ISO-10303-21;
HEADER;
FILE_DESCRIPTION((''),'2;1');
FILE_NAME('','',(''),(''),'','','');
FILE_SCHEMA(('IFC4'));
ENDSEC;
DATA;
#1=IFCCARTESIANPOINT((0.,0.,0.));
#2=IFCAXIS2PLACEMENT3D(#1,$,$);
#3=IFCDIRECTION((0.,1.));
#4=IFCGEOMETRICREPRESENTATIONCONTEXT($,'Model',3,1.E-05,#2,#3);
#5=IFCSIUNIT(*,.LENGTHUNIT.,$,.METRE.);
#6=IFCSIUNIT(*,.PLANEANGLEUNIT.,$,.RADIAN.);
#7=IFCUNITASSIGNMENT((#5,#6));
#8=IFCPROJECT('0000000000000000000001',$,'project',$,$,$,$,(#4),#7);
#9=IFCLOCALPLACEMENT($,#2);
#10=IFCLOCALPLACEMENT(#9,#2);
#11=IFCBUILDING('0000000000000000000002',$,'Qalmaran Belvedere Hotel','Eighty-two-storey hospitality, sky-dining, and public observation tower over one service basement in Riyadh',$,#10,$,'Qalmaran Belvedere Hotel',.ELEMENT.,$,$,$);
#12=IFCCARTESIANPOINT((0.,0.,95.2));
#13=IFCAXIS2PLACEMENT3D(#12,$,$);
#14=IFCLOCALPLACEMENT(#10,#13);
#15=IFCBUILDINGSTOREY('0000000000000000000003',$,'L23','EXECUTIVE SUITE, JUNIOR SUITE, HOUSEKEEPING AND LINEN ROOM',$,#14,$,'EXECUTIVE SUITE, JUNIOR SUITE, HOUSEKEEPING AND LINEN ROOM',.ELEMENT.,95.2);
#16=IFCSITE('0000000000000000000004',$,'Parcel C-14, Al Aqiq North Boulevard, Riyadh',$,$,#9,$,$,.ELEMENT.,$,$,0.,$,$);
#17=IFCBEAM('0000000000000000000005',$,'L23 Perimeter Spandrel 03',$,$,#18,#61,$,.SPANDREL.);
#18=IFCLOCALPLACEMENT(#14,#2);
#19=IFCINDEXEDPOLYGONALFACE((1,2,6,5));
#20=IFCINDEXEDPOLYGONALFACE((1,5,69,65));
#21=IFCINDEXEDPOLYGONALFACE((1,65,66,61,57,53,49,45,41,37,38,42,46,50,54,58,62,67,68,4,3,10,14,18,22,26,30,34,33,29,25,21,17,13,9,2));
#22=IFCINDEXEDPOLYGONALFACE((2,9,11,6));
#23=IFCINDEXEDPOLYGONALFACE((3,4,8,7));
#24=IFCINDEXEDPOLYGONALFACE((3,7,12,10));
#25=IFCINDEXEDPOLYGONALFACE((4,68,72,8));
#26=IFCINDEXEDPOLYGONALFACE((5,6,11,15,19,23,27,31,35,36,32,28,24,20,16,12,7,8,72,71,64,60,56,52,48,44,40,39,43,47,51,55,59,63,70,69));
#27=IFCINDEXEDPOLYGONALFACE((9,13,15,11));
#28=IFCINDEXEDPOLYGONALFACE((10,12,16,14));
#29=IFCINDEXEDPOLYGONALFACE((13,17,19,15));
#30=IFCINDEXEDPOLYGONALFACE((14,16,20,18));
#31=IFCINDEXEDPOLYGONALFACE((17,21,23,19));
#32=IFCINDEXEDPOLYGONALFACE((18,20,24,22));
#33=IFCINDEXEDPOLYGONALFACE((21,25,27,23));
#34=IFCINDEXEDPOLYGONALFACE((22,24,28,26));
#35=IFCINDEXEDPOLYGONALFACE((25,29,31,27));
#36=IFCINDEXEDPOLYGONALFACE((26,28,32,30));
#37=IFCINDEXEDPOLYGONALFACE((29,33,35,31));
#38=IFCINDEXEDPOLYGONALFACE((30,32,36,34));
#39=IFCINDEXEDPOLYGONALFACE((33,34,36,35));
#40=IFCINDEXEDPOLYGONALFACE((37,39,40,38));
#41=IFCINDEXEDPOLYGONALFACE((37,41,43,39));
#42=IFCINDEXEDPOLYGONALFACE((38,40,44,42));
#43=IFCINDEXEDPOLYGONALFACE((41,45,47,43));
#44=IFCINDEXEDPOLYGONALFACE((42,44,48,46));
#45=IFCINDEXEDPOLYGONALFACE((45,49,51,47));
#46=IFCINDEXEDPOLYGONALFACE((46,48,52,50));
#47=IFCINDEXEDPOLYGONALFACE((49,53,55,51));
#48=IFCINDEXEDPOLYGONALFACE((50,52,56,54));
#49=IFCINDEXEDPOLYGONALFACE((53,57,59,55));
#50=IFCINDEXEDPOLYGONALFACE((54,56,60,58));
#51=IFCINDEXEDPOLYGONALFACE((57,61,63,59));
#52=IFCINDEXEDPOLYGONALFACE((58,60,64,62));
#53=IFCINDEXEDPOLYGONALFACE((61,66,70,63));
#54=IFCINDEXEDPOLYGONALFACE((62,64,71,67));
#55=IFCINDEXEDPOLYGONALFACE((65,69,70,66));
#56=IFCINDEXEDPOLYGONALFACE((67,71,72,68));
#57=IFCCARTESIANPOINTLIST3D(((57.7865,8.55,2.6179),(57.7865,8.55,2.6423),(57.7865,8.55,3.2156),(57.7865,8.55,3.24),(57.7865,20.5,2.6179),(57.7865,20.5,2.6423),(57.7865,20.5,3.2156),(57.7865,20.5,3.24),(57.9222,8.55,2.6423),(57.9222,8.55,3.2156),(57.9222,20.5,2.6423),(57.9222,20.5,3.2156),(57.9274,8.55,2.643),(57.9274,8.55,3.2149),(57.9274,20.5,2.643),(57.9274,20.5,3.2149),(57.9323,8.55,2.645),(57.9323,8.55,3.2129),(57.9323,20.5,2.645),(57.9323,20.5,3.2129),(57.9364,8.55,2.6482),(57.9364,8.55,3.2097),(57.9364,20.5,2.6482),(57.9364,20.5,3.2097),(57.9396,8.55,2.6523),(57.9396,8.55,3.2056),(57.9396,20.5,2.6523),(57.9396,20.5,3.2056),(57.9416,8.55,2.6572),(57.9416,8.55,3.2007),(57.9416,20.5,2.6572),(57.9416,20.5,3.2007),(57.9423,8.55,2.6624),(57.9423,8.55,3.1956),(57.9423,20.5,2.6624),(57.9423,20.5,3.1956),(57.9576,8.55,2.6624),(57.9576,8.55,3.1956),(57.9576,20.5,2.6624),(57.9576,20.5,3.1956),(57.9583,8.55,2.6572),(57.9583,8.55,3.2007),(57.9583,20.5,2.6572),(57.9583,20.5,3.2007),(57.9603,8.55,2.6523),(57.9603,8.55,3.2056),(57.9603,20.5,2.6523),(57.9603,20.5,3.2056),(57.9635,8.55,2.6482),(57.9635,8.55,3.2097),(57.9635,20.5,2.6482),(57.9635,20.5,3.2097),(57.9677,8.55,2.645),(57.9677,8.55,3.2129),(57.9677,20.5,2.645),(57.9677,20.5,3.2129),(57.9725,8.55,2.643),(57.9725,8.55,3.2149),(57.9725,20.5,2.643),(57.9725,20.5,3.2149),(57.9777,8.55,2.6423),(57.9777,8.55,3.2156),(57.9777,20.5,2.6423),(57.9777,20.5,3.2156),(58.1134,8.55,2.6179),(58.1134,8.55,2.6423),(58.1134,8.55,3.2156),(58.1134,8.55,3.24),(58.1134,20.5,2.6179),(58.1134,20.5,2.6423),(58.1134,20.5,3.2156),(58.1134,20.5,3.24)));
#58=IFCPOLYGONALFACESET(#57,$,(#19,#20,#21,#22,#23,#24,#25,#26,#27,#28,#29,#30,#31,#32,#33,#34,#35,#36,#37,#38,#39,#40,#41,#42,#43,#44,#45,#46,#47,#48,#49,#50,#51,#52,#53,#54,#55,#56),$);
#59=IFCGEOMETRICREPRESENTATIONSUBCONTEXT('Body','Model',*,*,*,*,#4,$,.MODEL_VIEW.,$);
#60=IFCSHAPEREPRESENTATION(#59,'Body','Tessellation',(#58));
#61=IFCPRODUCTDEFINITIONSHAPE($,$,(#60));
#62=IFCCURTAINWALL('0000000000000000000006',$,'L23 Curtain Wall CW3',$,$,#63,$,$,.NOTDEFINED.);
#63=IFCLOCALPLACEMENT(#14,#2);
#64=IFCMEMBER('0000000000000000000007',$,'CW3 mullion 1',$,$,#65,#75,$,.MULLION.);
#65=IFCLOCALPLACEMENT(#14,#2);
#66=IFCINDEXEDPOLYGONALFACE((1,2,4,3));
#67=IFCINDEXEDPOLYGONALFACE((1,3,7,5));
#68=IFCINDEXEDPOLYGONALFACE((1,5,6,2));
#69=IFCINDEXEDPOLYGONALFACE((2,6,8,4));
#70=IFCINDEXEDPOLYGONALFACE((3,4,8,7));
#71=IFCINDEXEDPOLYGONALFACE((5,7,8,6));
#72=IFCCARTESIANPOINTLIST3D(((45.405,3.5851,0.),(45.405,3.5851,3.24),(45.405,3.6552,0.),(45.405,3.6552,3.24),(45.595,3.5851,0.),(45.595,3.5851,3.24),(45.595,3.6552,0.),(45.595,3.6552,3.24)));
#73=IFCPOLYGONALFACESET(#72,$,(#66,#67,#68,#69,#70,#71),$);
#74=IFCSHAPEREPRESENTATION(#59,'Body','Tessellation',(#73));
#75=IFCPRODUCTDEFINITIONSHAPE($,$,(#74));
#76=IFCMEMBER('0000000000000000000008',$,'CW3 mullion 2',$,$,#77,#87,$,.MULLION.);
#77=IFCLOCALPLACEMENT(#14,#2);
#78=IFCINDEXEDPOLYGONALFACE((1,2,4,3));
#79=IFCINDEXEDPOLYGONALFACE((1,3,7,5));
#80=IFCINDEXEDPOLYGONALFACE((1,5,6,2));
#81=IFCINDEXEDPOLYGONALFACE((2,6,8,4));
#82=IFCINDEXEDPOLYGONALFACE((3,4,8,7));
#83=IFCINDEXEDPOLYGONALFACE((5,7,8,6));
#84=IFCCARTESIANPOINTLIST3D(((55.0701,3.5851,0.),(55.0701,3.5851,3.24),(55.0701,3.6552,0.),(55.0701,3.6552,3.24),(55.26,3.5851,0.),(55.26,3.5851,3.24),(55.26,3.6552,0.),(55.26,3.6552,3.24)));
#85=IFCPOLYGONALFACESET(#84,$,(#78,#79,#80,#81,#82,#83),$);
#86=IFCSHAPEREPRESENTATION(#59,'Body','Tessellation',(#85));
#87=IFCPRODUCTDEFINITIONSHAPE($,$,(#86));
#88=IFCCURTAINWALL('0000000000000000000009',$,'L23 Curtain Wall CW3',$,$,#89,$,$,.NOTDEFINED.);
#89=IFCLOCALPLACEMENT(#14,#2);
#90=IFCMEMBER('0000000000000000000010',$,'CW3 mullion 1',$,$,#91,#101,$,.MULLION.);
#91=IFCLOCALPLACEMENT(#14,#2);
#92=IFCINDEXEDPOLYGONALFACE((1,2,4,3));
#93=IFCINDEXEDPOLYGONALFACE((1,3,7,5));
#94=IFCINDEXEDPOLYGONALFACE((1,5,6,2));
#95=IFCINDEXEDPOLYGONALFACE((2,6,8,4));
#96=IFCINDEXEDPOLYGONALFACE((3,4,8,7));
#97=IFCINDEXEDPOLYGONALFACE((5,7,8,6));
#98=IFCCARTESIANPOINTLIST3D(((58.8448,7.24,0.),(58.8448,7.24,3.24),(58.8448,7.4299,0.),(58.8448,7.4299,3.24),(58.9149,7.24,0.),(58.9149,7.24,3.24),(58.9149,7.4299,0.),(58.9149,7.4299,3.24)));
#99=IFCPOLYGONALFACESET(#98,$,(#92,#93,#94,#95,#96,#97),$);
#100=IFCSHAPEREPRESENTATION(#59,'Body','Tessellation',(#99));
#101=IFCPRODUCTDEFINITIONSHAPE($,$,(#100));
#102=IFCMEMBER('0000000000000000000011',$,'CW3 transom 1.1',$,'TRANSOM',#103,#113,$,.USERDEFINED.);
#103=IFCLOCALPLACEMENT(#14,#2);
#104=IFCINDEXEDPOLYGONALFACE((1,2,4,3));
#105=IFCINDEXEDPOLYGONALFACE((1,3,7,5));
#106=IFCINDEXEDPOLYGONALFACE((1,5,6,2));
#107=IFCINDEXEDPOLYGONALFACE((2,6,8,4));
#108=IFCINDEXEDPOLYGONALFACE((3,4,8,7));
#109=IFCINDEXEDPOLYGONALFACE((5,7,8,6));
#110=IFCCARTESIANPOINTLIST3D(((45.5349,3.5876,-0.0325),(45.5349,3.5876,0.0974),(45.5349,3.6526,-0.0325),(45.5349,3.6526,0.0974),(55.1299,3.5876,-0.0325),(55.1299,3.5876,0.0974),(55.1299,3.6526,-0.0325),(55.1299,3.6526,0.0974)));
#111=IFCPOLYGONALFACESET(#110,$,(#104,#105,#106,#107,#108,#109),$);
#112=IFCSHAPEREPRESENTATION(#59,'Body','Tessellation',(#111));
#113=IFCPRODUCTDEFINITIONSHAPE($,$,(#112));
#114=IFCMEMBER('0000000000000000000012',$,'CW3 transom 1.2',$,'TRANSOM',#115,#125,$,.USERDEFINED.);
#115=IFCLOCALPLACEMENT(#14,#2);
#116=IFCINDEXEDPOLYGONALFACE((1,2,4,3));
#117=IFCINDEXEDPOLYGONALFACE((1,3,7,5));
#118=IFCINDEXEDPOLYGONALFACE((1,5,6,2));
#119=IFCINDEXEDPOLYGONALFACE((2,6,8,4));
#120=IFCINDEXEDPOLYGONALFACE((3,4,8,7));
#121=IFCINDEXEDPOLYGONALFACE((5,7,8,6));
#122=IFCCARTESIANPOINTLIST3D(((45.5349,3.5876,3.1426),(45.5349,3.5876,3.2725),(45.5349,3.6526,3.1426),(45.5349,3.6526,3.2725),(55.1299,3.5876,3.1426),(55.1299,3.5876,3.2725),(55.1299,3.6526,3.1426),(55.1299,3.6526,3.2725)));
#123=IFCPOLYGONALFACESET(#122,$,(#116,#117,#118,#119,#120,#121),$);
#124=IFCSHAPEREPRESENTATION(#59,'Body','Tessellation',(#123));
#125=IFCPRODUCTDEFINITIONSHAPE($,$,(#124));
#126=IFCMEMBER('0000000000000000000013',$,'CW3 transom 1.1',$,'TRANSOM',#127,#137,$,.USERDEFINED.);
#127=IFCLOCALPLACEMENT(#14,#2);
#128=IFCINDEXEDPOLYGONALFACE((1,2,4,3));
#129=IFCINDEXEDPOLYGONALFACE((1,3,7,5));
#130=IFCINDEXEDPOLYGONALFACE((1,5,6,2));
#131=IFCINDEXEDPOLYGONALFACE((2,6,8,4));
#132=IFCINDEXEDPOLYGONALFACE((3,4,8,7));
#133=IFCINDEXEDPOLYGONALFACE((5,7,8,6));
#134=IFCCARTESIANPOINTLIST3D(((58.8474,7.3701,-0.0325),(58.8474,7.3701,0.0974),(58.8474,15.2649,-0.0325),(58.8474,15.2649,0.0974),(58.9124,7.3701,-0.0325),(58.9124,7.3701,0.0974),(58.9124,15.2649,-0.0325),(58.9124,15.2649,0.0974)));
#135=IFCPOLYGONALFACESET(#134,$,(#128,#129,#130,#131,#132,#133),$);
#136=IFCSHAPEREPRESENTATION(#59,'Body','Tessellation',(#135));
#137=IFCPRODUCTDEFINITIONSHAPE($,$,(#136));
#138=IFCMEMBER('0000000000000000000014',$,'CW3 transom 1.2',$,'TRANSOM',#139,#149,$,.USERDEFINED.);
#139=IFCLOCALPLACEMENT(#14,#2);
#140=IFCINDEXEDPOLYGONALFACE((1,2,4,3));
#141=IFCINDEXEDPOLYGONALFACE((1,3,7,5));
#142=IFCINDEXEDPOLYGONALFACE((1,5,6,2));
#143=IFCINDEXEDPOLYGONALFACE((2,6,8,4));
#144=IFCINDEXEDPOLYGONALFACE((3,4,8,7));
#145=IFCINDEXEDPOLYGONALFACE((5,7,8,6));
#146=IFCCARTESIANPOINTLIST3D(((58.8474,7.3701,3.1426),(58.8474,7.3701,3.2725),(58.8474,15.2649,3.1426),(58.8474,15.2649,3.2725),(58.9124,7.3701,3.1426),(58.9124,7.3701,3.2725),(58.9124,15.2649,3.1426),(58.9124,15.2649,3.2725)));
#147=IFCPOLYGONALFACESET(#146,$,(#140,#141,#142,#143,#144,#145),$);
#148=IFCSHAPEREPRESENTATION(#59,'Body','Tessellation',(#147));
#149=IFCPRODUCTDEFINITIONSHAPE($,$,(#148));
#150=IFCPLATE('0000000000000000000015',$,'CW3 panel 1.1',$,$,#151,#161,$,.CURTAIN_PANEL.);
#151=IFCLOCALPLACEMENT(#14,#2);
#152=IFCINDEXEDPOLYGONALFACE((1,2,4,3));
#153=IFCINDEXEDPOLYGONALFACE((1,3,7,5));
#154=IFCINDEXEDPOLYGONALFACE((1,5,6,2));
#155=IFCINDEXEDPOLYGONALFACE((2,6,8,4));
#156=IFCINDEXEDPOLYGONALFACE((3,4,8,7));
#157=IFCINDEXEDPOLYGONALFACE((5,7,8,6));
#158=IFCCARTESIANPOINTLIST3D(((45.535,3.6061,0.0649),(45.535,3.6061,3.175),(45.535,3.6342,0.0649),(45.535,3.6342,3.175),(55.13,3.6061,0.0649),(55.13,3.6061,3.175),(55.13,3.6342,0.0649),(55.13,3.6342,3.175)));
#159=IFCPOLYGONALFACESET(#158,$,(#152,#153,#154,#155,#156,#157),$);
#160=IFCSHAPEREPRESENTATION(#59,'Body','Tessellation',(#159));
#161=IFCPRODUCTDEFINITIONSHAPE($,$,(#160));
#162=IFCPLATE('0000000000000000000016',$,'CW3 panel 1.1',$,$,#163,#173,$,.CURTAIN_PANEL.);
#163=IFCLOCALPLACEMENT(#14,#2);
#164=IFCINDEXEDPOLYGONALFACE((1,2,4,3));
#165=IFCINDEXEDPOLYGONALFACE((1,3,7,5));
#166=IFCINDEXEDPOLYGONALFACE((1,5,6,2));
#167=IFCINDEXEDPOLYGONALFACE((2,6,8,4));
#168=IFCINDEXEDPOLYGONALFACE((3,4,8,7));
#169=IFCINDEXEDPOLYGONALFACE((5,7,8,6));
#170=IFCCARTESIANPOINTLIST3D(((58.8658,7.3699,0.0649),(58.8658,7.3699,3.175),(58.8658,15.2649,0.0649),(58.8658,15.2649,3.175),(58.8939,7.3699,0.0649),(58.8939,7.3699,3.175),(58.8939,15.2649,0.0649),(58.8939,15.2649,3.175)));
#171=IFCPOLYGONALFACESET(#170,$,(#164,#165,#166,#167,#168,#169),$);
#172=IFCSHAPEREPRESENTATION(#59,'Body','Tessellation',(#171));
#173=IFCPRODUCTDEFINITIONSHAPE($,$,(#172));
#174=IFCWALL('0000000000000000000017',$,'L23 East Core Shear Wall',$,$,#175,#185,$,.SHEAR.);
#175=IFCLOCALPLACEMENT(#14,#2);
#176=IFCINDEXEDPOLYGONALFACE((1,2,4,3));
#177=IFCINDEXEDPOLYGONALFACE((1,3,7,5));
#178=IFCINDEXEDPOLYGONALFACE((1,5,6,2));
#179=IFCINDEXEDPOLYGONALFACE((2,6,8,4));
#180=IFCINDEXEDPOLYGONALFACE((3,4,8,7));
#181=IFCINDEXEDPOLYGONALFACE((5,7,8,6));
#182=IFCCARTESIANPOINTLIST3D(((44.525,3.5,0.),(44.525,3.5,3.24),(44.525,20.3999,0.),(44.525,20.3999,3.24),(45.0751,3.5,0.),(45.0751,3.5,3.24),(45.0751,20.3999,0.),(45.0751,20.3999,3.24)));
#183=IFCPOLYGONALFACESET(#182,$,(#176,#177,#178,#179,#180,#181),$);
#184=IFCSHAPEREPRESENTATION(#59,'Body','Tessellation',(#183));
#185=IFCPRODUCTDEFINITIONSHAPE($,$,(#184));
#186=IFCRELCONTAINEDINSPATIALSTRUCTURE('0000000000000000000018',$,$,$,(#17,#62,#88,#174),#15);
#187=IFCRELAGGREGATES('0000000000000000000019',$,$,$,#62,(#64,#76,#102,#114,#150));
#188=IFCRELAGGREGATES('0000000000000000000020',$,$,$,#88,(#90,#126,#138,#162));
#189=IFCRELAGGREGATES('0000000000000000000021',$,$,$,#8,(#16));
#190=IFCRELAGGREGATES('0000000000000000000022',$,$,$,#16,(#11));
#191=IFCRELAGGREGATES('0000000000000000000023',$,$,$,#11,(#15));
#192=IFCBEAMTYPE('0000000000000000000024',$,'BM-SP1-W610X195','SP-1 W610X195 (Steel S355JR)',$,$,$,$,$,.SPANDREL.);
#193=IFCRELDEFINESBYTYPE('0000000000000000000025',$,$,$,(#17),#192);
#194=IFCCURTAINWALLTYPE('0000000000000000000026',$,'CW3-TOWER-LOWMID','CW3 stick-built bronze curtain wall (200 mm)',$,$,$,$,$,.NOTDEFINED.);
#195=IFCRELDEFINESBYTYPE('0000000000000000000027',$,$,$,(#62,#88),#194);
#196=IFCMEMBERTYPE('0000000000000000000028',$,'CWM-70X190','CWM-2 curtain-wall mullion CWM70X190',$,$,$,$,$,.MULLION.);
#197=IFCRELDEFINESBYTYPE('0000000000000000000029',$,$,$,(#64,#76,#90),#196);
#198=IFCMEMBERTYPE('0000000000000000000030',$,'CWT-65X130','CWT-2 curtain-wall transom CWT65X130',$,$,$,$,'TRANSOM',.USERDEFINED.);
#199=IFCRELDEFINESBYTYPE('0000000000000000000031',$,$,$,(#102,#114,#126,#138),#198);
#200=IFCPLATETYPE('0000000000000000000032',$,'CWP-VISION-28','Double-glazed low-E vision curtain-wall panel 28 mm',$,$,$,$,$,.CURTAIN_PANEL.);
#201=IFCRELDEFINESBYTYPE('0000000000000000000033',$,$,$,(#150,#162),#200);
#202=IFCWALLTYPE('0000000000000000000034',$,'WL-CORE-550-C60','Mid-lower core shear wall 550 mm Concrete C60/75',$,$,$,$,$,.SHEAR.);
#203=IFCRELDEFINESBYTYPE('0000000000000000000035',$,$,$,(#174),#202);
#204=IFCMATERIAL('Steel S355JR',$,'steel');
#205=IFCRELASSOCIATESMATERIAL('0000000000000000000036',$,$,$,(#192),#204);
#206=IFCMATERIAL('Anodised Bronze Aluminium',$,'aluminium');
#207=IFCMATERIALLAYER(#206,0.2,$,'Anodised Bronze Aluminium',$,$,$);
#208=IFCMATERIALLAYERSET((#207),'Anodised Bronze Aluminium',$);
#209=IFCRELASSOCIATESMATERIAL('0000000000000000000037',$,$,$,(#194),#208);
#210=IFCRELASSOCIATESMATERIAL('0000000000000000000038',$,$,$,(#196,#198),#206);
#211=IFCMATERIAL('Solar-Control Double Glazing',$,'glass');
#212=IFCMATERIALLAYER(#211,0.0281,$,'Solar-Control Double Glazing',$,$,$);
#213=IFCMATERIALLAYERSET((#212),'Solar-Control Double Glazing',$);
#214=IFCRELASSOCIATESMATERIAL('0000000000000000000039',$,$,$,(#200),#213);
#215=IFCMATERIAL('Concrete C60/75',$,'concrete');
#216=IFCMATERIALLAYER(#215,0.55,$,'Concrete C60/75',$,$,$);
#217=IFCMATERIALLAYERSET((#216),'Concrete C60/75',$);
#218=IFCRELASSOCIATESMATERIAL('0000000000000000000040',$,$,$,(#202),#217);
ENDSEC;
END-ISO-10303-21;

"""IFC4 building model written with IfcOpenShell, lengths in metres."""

from ifc_helpers import new_model, si_unit, direction, frame, frame_2d, origin, origin_2d, place, context, subcontext, project, spatial, rectangle, i_section, extrude, material, layer, layer_set, material_profile, profile_set, type_object, element, aggregate, save


model = new_model("IFC4")

# Units and contexts
model_context = context("Model", 3, precision=1e-05, world=origin(), true_north=direction((0.0, 1.0)))
body_context = subcontext(model_context, "Body", "Model", "MODEL_VIEW")
ifc_project = project(units=[si_unit("LENGTHUNIT", "METRE"), si_unit("PLANEANGLEUNIT", "RADIAN")], contexts=[model_context])

# Site, building, storey
site_placement = place(None, origin())
site = spatial("IfcSite", under=ifc_project, at=site_placement, Name="Parcel C-14, Al Aqiq North Boulevard, Riyadh", CompositionType="ELEMENT", RefElevation=0.0)
building_placement = place(site_placement, origin())
building = spatial("IfcBuilding", under=site, at=building_placement, Name="Qalmaran Belvedere Hotel", Description="Eighty-two-storey hospitality, sky-dining, and public observation tower over one service basement in Riyadh", LongName="Qalmaran Belvedere Hotel", CompositionType="ELEMENT")
storey_placement = place(building_placement, frame((0.0, 0.0, 95.2)))
storey = spatial("IfcBuildingStorey", under=building, at=storey_placement, Name="L23", Description="EXECUTIVE SUITE, JUNIOR SUITE, HOUSEKEEPING AND LINEN ROOM", LongName="EXECUTIVE SUITE, JUNIOR SUITE, HOUSEKEEPING AND LINEN ROOM", CompositionType="ELEMENT", Elevation=95.2)

# Shared definitions
ifc_material_1 = material(Name="Concrete C60/75", Category="concrete")

# Beam
ifc_material_2 = material(Name="Steel S355JR", Category="steel")
ifc_material_profile_1 = material_profile(ifc_material_2, i_section(OverallWidth=0.3269, OverallDepth=0.6221, WebThickness=0.0154, FlangeThickness=0.0244, FilletRadius=0.02, at=origin_2d()), Name="W610X195")
ifc_profile_set_1 = profile_set([ifc_material_profile_1], Name="Steel S355JR")
beam_type_1 = type_object("IfcBeamType", Name="BM-SP1-W610X195", Description="SP-1 W610X195 (Steel S355JR)", PredefinedType="SPANDREL", material=ifc_profile_set_1)
beam_1_placement = place(storey_placement, frame((57.95, 8.55, 2.929), z_axis=(0.0, 1.0, 0.0), x_axis=(-1.0, 0.0, 0.0)))
element("IfcBeam", 1, at=beam_1_placement, inside=storey, type_object=beam_type_1, Name="L23 Perimeter Spandrel 03", PredefinedType="SPANDREL", context=body_context, shape_type="SweptSolid", body=[
    extrude(i_section(OverallWidth=0.3269, OverallDepth=0.6221, WebThickness=0.0154, FlangeThickness=0.0244, FilletRadius=0.02, at=origin_2d()), origin(), (0.0, 0.0, 1.0), 11.95),
])

# Curtain wall, members
ifc_material_3 = material(Name="Anodised Bronze Aluminium", Category="aluminium")
ifc_layer_1 = layer(ifc_material_3, 0.2, Name="Anodised Bronze Aluminium")
ifc_layer_set_1 = layer_set([ifc_layer_1], Name="Anodised Bronze Aluminium")
curtain_wall_type = type_object("IfcCurtainWallType", Name="CW3-TOWER-LOWMID", Description="CW3 stick-built bronze curtain wall (200 mm)", PredefinedType="NOTDEFINED", material=ifc_layer_set_1)
curtain_wall_1_placement = place(storey_placement, origin())
curtain_wall_1 = element("IfcCurtainWall", 2, at=curtain_wall_1_placement, inside=storey, type_object=curtain_wall_type, Name="L23 Curtain Wall CW3", PredefinedType="NOTDEFINED")
ifc_material_profile_2 = material_profile(ifc_material_3, rectangle(XDim=0.0701, YDim=0.1899, at=origin_2d()), Name="CWM70X190")
ifc_profile_set_2 = profile_set([ifc_material_profile_2], Name="Anodised Bronze Aluminium")
member_type_1 = type_object("IfcMemberType", Name="CWM-70X190", Description="CWM-2 curtain-wall mullion CWM70X190", PredefinedType="MULLION", material=ifc_profile_set_2)
member_1_placement = place(storey_placement, frame((45.5, 3.6201, 0.0), z_axis=(0.0, 0.0, 1.0), x_axis=(0.0, 1.0, 0.0)))
member_1 = element("IfcMember", 3, at=member_1_placement, type_object=member_type_1, Name="CW3 mullion 1", PredefinedType="MULLION", context=body_context, shape_type="SweptSolid", body=[
    extrude(rectangle(XDim=0.0701, YDim=0.1899, at=origin_2d()), origin(), (0.0, 0.0, 1.0), 3.24),
])
member_2_placement = place(storey_placement, frame((55.165, 3.6201, 0.0), z_axis=(0.0, 0.0, 1.0), x_axis=(0.0, 1.0, 0.0)))
member_2 = element("IfcMember", 4, at=member_2_placement, type_object=member_type_1, Name="CW3 mullion 2", PredefinedType="MULLION", context=body_context, shape_type="SweptSolid", body=[
    extrude(rectangle(XDim=0.0701, YDim=0.1899, at=origin_2d()), origin(), (0.0, 0.0, 1.0), 3.24),
])

# Curtain wall, member
curtain_wall_2_placement = place(storey_placement, origin())
curtain_wall_2 = element("IfcCurtainWall", 5, at=curtain_wall_2_placement, inside=storey, type_object=curtain_wall_type, Name="L23 Curtain Wall CW3", PredefinedType="NOTDEFINED")
member_3_placement = place(storey_placement, frame((58.8799, 7.335, 0.0), z_axis=(0.0, 0.0, 1.0), x_axis=(-1.0, 0.0, 0.0)))
member_3 = element("IfcMember", 6, at=member_3_placement, type_object=member_type_1, Name="CW3 mullion 1", PredefinedType="MULLION", context=body_context, shape_type="SweptSolid", body=[
    extrude(rectangle(XDim=0.0701, YDim=0.1899, at=origin_2d()), origin(), (0.0, 0.0, 1.0), 3.24),
])

# Members
ifc_material_profile_3 = material_profile(ifc_material_3, rectangle(XDim=0.0649, YDim=0.1299, at=origin_2d()), Name="CWT65X130")
ifc_profile_set_3 = profile_set([ifc_material_profile_3], Name="Anodised Bronze Aluminium")
member_type_2 = type_object("IfcMemberType", Name="CWT-65X130", Description="CWT-2 curtain-wall transom CWT65X130", ElementType="TRANSOM", PredefinedType="USERDEFINED", material=ifc_profile_set_3)
member_4_placement = place(storey_placement, frame((45.5349, 3.6201, 0.0325), z_axis=(1.0, 0.0, 0.0), x_axis=(0.0, 1.0, 0.0)))
member_4 = element("IfcMember", 7, at=member_4_placement, type_object=member_type_2, Name="CW3 transom 1.1", ObjectType="TRANSOM", PredefinedType="USERDEFINED", context=body_context, shape_type="SweptSolid", body=[
    extrude(rectangle(XDim=0.0649, YDim=0.1299, at=origin_2d()), origin(), (0.0, 0.0, 1.0), 9.595),
])
member_5_placement = place(storey_placement, frame((45.5349, 3.6201, 3.2075), z_axis=(1.0, 0.0, 0.0), x_axis=(0.0, 1.0, 0.0)))
member_5 = element("IfcMember", 8, at=member_5_placement, type_object=member_type_2, Name="CW3 transom 1.2", ObjectType="TRANSOM", PredefinedType="USERDEFINED", context=body_context, shape_type="SweptSolid", body=[
    extrude(rectangle(XDim=0.0649, YDim=0.1299, at=origin_2d()), origin(), (0.0, 0.0, 1.0), 9.595),
])
member_6_placement = place(storey_placement, frame((58.8799, 7.3701, 0.0325), z_axis=(0.0, 1.0, 0.0), x_axis=(-1.0, 0.0, 0.0)))
member_6 = element("IfcMember", 9, at=member_6_placement, type_object=member_type_2, Name="CW3 transom 1.1", ObjectType="TRANSOM", PredefinedType="USERDEFINED", context=body_context, shape_type="SweptSolid", body=[
    extrude(rectangle(XDim=0.0649, YDim=0.1299, at=origin_2d()), origin(), (0.0, 0.0, 1.0), 7.8948),
])
member_7_placement = place(storey_placement, frame((58.8799, 7.3701, 3.2075), z_axis=(0.0, 1.0, 0.0), x_axis=(-1.0, 0.0, 0.0)))
member_7 = element("IfcMember", 10, at=member_7_placement, type_object=member_type_2, Name="CW3 transom 1.2", ObjectType="TRANSOM", PredefinedType="USERDEFINED", context=body_context, shape_type="SweptSolid", body=[
    extrude(rectangle(XDim=0.0649, YDim=0.1299, at=origin_2d()), origin(), (0.0, 0.0, 1.0), 7.8948),
])

# Plates
ifc_material_4 = material(Name="Solar-Control Double Glazing", Category="glass")
ifc_layer_2 = layer(ifc_material_4, 0.0281, Name="Solar-Control Double Glazing")
ifc_layer_set_2 = layer_set([ifc_layer_2], Name="Solar-Control Double Glazing")
plate_type = type_object("IfcPlateType", Name="CWP-VISION-28", Description="Double-glazed low-E vision curtain-wall panel 28 mm", PredefinedType="CURTAIN_PANEL", material=ifc_layer_set_2)
plate_1_placement = place(storey_placement, frame((50.3325, 3.6201, 0.0649), z_axis=(0.0, 0.0, 1.0), x_axis=(1.0, 0.0, 0.0)))
plate_1 = element("IfcPlate", 11, at=plate_1_placement, type_object=plate_type, Name="CW3 panel 1.1", PredefinedType="CURTAIN_PANEL", context=body_context, shape_type="SweptSolid", body=[
    extrude(rectangle(XDim=9.595, YDim=0.0281, at=origin_2d()), origin(), (0.0, 0.0, 1.0), 3.1101),
])
aggregate(curtain_wall_1, [member_1, member_2, member_4, member_5, plate_1])
plate_2_placement = place(storey_placement, frame((58.8799, 11.3174, 0.0649), z_axis=(0.0, 0.0, 1.0), x_axis=(0.0, 1.0, 0.0)))
plate_2 = element("IfcPlate", 12, at=plate_2_placement, type_object=plate_type, Name="CW3 panel 1.1", PredefinedType="CURTAIN_PANEL", context=body_context, shape_type="SweptSolid", body=[
    extrude(rectangle(XDim=7.895, YDim=0.0281, at=origin_2d()), origin(), (0.0, 0.0, 1.0), 3.1101),
])
aggregate(curtain_wall_2, [member_3, member_6, member_7, plate_2])

# Wall
ifc_layer_3 = layer(ifc_material_1, 0.55, Name="Concrete C60/75")
ifc_layer_set_3 = layer_set([ifc_layer_3], Name="Concrete C60/75")
wall_type_1 = type_object("IfcWallType", Name="WL-CORE-550-C60", Description="Mid-lower core shear wall 550 mm Concrete C60/75", PredefinedType="SHEAR", material=ifc_layer_set_3)
wall_1_placement = place(storey_placement, frame((44.8, 3.5, 0.0), z_axis=(0.0, 0.0, 1.0), x_axis=(0.0, 1.0, 0.0)))
element("IfcWall", 13, at=wall_1_placement, inside=storey, type_object=wall_type_1, Name="L23 East Core Shear Wall", PredefinedType="SHEAR", context=body_context, shape_type="SweptSolid", body=[
    extrude(rectangle(XDim=16.8999, YDim=0.55, at=frame_2d((8.45, 0.0))), origin(), (0.0, 0.0, 1.0), 3.24),
])

save(model, "model.ifc")
